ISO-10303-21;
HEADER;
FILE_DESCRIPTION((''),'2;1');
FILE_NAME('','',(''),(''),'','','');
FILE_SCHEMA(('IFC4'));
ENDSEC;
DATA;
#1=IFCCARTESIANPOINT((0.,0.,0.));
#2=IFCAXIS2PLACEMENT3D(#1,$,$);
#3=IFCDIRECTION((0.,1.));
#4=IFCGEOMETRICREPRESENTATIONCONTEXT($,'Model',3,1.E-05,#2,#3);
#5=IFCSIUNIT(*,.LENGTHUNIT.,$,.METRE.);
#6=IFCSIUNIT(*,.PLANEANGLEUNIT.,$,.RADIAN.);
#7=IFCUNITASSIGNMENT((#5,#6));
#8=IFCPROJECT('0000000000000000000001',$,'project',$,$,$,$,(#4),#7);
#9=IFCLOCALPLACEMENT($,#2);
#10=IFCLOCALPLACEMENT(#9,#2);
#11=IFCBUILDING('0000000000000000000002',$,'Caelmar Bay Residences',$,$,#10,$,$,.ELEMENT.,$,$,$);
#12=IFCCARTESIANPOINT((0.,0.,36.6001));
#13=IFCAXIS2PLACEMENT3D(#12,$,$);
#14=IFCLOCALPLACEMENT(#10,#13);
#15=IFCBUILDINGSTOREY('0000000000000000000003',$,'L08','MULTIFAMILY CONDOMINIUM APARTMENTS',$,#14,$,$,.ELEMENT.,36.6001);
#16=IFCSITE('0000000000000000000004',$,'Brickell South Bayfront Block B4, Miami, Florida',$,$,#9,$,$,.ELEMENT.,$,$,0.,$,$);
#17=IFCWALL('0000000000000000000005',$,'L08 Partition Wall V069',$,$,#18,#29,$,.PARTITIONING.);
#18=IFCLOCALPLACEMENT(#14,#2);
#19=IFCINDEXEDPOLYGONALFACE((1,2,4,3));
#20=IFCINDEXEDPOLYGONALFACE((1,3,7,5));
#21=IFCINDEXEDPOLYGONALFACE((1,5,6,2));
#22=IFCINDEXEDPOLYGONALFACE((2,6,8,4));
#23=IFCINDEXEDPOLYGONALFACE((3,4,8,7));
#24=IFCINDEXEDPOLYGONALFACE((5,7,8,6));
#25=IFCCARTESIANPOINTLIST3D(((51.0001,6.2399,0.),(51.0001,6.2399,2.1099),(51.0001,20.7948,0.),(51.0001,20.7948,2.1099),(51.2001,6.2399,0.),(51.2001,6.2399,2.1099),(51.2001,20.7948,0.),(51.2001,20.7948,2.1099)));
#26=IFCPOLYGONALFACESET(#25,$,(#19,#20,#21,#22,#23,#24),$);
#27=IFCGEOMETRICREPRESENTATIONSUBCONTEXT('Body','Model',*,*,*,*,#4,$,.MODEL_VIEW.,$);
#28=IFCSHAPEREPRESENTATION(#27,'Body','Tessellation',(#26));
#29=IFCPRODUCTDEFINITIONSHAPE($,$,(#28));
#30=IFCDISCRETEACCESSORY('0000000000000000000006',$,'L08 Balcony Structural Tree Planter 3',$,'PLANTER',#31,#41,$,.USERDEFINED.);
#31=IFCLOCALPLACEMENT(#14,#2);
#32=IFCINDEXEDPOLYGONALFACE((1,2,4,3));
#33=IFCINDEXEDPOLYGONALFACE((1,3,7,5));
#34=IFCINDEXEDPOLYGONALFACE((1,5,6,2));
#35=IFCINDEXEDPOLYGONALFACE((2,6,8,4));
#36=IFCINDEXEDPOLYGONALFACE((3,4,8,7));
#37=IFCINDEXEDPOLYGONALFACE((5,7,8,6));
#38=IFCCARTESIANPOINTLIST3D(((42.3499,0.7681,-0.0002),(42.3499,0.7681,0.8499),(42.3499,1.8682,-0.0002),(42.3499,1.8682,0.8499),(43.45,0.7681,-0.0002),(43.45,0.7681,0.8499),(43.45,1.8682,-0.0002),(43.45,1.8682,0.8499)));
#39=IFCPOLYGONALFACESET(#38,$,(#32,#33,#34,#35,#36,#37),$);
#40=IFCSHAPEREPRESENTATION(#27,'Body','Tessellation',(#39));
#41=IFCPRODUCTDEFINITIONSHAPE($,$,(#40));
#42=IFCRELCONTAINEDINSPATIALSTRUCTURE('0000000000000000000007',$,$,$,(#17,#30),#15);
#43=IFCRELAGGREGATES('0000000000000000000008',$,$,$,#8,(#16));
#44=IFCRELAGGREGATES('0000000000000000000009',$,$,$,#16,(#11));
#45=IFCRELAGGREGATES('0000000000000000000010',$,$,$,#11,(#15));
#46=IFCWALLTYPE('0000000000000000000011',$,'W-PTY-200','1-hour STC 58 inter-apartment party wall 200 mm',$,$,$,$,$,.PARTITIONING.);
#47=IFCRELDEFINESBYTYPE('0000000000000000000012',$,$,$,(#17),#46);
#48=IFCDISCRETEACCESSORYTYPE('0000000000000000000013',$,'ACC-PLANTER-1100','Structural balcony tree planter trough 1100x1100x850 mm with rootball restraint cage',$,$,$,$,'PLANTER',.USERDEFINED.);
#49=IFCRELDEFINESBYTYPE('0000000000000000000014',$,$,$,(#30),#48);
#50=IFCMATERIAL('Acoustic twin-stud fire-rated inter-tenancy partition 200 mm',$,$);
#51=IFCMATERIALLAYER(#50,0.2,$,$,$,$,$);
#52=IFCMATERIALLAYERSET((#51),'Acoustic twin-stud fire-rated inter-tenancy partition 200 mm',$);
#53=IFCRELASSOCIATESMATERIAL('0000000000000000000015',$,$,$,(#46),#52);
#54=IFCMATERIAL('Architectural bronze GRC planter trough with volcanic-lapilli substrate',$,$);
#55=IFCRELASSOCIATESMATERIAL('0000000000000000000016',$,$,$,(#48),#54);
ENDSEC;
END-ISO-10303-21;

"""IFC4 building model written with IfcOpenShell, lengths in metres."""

from ifc_helpers import new_model, si_unit, direction, frame, frame_2d, origin, origin_2d, place, context, subcontext, project, spatial, rectangle, extrude, material, layer, layer_set, type_object, element, save


model = new_model("IFC4")

# Units and contexts
model_context = context("Model", 3, precision=1e-05, world=origin(), true_north=direction((0.0, 1.0)))
body_context = subcontext(model_context, "Body", "Model", "MODEL_VIEW")
ifc_project = project(units=[si_unit("LENGTHUNIT", "METRE"), si_unit("PLANEANGLEUNIT", "RADIAN")], contexts=[model_context])

# Site, building, storey
site_placement = place(None, origin())
site = spatial("IfcSite", under=ifc_project, at=site_placement, Name="Brickell South Bayfront Block B4, Miami, Florida", CompositionType="ELEMENT", RefElevation=0.0)
building_placement = place(site_placement, origin())
building = spatial("IfcBuilding", under=site, at=building_placement, Name="Caelmar Bay Residences", CompositionType="ELEMENT")
storey_placement = place(building_placement, frame((0.0, 0.0, 36.6001)))
storey = spatial("IfcBuildingStorey", under=building, at=storey_placement, Name="L08", Description="MULTIFAMILY CONDOMINIUM APARTMENTS", CompositionType="ELEMENT", Elevation=36.6001)

# Wall
ifc_material_1 = material(Name="Acoustic twin-stud fire-rated inter-tenancy partition 200 mm")
ifc_layer_1 = layer(ifc_material_1, 0.2)
ifc_layer_set_1 = layer_set([ifc_layer_1], Name="Acoustic twin-stud fire-rated inter-tenancy partition 200 mm")
wall_type_1 = type_object("IfcWallType", Name="W-PTY-200", Description="1-hour STC 58 inter-apartment party wall 200 mm", PredefinedType="PARTITIONING", material=ifc_layer_set_1)
wall_1_placement = place(storey_placement, frame((51.1001, 6.24, 0.0), z_axis=(0.0, 0.0, 1.0), x_axis=(0.0, 1.0, 0.0)))
element("IfcWall", 1, at=wall_1_placement, inside=storey, type_object=wall_type_1, Name="L08 Partition Wall V069", PredefinedType="PARTITIONING", context=body_context, shape_type="SweptSolid", body=[
    extrude(rectangle(XDim=14.5549, YDim=0.2, at=frame_2d((7.2773, 0.0))), origin(), (0.0, 0.0, 1.0), 2.1099),
])

# Discrete accessory
ifc_material_2 = material(Name="Architectural bronze GRC planter trough with volcanic-lapilli substrate")
discrete_accessory_type = type_object("IfcDiscreteAccessoryType", Name="ACC-PLANTER-1100", Description="Structural balcony tree planter trough 1100x1100x850 mm with rootball restraint cage", ElementType="PLANTER", PredefinedType="USERDEFINED", material=ifc_material_2)
discrete_accessory_placement = place(storey_placement, frame((42.8999, 1.3181, -0.0002), z_axis=(0.0, 0.0, 1.0), x_axis=(1.0, 0.0, 0.0)))
element("IfcDiscreteAccessory", 2, at=discrete_accessory_placement, inside=storey, type_object=discrete_accessory_type, Name="L08 Balcony Structural Tree Planter 3", ObjectType="PLANTER", PredefinedType="USERDEFINED", context=body_context, shape_type="SweptSolid", body=[
    extrude(rectangle(XDim=1.1001, YDim=1.1001, at=origin_2d()), origin(), (0.0, 0.0, 1.0), 0.8501),
])

save(model, "model.ifc")
